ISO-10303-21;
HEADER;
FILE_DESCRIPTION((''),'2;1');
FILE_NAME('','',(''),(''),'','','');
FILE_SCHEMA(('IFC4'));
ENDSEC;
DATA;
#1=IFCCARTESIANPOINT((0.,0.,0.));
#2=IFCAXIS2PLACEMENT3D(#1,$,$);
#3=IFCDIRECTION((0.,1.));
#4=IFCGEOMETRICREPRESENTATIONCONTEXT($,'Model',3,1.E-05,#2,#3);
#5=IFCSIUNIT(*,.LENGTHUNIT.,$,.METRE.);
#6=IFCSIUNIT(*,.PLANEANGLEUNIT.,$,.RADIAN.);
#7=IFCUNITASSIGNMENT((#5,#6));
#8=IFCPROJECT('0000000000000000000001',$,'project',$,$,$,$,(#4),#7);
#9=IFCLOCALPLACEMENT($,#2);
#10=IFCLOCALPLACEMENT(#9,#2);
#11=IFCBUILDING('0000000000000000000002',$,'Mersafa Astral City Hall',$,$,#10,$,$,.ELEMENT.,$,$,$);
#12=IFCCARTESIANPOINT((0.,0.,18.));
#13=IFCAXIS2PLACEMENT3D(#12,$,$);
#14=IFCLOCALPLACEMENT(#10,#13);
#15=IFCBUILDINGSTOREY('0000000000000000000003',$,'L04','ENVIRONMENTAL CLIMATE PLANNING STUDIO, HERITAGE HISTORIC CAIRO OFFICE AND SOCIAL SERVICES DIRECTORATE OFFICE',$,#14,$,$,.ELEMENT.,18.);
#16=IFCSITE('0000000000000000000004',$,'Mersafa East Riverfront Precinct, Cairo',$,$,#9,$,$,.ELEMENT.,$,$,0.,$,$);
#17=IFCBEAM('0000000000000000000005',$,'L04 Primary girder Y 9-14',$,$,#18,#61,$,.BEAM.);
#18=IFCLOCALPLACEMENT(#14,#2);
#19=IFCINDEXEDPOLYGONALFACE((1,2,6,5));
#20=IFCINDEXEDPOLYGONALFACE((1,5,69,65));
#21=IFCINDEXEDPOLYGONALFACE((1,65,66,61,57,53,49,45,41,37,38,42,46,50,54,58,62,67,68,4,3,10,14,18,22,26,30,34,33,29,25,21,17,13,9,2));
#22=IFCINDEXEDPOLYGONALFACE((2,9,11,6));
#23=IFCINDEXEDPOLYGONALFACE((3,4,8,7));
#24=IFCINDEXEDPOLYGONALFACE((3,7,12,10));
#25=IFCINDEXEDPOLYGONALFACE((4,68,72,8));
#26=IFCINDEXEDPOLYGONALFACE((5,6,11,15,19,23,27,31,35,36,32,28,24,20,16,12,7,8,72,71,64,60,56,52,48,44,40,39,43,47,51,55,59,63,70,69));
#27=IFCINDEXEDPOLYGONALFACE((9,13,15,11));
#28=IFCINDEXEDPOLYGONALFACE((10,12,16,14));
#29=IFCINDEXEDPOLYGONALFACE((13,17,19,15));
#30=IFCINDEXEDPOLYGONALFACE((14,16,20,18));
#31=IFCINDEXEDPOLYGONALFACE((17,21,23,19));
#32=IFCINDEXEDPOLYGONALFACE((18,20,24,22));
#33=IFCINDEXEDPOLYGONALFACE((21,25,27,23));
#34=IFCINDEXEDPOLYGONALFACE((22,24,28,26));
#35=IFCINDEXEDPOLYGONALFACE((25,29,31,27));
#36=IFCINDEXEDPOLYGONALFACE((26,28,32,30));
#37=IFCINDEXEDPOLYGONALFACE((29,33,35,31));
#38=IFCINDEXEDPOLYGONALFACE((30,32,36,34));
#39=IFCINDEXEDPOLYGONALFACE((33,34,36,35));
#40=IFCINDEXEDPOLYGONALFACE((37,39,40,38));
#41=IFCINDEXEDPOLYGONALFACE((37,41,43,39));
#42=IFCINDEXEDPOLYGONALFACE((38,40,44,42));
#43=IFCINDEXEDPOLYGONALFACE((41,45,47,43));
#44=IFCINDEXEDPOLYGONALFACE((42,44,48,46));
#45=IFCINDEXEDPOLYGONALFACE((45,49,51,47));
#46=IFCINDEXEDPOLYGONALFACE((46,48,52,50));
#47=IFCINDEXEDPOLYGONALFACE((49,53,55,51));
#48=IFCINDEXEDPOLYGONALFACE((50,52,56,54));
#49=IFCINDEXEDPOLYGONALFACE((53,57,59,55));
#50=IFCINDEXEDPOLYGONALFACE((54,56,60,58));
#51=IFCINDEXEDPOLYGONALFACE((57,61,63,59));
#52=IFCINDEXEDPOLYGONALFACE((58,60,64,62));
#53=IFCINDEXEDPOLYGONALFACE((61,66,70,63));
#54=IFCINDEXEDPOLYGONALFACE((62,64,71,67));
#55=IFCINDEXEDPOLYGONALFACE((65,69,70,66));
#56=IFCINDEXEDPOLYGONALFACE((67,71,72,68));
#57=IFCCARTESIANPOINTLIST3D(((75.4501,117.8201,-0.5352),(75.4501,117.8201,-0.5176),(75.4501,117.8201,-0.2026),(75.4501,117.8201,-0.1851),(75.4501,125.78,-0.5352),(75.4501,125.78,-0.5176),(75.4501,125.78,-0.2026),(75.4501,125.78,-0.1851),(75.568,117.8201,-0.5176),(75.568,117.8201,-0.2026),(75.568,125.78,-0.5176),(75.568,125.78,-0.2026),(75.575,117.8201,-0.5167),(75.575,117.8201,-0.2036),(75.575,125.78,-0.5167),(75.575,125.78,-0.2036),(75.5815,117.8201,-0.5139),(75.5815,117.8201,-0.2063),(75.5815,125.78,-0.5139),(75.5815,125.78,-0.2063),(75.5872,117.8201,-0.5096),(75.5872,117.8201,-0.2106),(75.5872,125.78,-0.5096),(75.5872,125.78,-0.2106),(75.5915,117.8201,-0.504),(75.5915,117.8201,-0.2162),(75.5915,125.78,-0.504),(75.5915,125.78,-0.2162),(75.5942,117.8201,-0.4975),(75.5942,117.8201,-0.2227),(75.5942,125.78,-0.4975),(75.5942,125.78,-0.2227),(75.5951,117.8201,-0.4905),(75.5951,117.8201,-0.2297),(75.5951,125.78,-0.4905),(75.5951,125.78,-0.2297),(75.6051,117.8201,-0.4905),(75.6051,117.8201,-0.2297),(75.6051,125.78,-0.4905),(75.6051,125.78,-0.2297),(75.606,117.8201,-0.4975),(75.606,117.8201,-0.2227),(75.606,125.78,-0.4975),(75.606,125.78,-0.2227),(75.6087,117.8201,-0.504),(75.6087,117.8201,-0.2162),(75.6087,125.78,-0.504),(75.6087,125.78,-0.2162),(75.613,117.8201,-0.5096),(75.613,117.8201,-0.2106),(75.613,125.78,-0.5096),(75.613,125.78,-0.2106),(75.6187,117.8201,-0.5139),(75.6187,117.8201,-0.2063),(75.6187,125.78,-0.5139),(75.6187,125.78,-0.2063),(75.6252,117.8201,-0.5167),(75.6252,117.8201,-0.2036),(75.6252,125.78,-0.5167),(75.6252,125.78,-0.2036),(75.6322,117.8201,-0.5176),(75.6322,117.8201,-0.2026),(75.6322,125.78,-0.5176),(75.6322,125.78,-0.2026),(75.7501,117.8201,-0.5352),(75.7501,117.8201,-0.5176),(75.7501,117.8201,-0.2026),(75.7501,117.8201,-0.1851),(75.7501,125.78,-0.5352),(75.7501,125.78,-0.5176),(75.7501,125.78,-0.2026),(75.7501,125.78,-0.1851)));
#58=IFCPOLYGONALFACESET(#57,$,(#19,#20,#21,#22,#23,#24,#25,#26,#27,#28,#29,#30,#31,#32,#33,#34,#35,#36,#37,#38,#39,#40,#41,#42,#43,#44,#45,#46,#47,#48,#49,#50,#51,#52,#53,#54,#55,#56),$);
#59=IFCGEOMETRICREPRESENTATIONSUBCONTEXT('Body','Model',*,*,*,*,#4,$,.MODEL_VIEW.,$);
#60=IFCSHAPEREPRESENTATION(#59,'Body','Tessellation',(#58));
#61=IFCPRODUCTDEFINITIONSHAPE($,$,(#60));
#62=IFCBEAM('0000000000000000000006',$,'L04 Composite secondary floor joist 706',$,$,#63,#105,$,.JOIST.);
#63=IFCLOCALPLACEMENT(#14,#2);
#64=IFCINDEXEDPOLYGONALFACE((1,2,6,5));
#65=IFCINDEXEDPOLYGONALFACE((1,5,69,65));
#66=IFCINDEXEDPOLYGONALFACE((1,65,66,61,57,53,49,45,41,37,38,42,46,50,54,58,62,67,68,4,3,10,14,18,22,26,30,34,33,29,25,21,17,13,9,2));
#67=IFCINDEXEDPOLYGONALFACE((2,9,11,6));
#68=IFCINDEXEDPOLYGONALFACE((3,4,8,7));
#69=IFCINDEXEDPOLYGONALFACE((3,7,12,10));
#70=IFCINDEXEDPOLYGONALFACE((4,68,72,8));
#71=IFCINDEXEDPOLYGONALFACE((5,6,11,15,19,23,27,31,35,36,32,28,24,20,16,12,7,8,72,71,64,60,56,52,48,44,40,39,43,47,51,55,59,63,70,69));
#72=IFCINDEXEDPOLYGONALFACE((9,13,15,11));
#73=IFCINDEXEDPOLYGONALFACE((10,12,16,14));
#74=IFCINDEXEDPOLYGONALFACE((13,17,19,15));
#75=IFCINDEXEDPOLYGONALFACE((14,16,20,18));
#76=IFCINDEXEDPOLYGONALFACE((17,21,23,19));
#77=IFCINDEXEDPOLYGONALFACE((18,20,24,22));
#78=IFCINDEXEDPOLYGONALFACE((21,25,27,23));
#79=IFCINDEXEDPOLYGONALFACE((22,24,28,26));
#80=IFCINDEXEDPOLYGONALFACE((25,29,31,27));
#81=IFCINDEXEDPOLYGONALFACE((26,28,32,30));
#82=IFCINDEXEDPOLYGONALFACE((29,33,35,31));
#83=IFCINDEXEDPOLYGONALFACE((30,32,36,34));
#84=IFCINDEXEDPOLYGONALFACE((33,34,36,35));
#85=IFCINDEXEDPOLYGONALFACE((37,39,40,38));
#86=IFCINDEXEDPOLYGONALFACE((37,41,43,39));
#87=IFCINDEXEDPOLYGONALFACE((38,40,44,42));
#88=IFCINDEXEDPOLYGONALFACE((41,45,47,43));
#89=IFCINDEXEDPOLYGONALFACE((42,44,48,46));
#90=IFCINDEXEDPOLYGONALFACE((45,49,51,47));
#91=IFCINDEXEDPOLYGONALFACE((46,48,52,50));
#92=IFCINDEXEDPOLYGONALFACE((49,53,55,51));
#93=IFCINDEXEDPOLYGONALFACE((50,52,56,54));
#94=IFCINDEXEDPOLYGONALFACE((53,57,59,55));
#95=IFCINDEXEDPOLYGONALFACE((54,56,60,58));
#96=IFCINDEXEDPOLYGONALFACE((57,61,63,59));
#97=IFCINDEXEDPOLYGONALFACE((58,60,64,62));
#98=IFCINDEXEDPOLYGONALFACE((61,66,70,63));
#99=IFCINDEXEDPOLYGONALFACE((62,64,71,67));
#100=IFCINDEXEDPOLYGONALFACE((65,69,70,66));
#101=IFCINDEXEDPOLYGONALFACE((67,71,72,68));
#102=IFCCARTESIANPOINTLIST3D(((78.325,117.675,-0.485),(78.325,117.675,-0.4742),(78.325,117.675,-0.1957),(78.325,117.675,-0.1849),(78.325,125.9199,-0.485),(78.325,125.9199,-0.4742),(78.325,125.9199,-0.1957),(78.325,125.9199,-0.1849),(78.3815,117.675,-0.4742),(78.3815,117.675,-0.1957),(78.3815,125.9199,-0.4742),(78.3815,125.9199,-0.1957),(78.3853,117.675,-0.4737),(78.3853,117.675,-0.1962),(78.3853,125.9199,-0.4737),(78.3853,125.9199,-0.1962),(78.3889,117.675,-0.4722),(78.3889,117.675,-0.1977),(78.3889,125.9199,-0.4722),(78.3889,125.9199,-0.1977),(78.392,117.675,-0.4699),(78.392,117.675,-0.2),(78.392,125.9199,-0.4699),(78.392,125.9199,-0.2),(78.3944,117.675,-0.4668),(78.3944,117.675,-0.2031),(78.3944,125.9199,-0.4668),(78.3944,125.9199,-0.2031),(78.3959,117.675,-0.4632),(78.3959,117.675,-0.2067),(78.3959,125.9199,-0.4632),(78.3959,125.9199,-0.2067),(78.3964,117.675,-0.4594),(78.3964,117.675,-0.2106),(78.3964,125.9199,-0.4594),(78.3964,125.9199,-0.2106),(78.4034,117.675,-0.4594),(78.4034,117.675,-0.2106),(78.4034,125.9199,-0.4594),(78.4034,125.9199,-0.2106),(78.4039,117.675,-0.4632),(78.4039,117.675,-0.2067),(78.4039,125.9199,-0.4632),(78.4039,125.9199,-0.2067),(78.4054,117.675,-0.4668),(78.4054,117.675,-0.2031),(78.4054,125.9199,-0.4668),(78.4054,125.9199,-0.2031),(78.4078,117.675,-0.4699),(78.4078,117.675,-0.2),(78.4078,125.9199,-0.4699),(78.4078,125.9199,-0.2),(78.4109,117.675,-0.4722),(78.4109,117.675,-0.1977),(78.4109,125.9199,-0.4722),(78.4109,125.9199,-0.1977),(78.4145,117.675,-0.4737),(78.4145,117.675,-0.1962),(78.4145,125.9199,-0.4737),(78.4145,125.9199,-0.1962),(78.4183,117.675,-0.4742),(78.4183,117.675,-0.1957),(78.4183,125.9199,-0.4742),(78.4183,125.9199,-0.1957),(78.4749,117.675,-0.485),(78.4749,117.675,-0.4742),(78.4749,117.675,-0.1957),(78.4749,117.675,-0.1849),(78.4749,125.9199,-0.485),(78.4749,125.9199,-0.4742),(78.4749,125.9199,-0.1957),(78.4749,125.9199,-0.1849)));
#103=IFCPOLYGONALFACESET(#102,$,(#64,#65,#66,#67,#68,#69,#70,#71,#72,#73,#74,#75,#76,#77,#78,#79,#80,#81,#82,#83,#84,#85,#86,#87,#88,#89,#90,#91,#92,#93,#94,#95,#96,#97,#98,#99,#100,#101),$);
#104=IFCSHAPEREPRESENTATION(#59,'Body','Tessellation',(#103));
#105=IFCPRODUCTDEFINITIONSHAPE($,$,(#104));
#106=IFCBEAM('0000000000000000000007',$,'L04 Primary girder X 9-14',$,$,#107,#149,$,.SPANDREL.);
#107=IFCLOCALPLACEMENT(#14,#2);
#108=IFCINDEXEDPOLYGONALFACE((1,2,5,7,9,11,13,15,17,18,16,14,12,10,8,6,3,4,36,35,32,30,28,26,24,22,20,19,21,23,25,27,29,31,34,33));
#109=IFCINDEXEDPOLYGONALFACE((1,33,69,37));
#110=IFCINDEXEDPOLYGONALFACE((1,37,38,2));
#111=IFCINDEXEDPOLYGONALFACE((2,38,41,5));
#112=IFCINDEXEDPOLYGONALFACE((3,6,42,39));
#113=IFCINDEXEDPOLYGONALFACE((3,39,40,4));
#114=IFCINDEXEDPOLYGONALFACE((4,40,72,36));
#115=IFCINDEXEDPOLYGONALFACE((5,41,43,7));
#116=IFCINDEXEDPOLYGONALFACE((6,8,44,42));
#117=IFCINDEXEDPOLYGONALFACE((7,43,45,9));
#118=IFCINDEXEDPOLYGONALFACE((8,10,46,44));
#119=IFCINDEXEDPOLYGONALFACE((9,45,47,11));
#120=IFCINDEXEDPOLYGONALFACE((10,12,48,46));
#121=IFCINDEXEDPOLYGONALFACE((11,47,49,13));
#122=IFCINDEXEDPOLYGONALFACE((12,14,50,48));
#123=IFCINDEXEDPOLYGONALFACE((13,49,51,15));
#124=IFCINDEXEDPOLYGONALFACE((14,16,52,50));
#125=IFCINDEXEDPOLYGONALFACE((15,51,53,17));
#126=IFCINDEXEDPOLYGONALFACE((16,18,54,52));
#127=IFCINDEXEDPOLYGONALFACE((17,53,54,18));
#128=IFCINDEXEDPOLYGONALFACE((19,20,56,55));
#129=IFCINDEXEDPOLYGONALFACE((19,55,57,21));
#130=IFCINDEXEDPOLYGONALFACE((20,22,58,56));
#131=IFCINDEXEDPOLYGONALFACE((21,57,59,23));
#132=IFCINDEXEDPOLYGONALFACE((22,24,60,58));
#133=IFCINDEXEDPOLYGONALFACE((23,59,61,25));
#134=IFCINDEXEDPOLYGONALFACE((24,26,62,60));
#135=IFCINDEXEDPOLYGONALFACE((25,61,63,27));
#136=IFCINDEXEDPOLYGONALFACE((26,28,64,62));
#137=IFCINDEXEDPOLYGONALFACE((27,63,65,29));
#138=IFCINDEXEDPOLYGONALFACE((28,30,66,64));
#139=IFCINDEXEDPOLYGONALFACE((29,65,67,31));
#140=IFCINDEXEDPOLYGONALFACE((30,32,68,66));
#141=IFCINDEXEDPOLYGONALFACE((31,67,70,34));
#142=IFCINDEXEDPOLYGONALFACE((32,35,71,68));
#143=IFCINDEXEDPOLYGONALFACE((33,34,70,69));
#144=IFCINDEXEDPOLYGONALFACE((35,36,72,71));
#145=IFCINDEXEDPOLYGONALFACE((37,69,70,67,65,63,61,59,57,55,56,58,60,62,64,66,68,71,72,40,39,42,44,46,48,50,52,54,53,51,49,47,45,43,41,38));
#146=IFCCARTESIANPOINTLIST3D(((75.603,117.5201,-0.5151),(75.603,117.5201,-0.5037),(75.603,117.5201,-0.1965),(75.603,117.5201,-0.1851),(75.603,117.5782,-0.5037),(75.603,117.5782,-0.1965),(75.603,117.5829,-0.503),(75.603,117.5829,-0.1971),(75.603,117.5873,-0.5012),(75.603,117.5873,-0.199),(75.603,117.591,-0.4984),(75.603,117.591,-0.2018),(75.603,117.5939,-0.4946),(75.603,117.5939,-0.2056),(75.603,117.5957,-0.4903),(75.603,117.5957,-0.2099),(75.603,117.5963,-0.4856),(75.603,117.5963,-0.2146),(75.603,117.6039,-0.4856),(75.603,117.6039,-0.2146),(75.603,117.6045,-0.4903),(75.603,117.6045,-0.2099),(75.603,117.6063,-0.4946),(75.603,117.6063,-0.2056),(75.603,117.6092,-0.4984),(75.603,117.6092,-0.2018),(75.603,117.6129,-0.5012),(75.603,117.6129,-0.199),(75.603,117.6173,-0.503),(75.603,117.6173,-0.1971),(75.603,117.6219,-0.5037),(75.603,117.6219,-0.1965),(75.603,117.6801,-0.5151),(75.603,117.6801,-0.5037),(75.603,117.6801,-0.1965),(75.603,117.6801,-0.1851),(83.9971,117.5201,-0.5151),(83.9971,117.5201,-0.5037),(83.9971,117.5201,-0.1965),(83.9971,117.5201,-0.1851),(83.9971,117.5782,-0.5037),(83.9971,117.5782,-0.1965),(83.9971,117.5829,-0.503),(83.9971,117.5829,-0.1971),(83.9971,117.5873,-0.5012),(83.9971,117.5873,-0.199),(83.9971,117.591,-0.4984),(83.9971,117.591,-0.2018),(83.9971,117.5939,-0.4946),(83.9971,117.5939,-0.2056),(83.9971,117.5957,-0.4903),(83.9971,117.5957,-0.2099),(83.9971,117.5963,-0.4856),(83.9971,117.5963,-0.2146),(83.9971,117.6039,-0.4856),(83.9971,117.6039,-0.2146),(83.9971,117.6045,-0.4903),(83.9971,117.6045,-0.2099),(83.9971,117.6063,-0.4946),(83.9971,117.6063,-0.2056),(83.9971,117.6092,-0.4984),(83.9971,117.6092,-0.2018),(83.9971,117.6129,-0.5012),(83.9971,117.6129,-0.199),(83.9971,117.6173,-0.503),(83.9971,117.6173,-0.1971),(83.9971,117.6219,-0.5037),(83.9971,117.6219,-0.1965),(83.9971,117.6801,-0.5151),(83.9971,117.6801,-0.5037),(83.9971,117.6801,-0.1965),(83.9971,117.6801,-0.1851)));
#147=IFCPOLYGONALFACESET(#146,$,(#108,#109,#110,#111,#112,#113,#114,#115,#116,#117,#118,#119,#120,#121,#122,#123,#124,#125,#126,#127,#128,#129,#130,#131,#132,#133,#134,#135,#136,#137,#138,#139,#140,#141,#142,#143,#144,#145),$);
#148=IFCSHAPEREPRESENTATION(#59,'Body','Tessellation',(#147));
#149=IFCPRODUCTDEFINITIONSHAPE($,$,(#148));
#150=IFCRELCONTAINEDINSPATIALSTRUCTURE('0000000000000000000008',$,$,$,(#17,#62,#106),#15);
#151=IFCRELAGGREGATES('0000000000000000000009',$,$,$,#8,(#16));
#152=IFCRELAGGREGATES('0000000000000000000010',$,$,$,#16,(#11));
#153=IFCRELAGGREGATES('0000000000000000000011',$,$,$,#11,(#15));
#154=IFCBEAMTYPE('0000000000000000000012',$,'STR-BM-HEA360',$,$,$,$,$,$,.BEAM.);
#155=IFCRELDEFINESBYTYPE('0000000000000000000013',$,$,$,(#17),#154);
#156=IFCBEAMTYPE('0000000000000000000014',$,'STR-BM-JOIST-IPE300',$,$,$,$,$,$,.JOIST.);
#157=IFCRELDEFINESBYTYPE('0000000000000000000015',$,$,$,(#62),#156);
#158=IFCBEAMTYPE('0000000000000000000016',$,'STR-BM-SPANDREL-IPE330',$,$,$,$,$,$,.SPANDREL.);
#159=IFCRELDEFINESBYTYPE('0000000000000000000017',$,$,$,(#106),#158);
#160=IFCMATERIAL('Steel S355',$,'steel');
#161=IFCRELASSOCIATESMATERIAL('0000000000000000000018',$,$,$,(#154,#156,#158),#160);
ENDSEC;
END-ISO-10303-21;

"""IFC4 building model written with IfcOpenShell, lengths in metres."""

from ifc_helpers import new_model, si_unit, direction, frame, origin, origin_2d, place, context, subcontext, project, spatial, i_section, extrude, material, material_profile, profile_set, type_object, element, save


model = new_model("IFC4")

# Units and contexts
model_context = context("Model", 3, precision=1e-05, world=origin(), true_north=direction((0.0, 1.0)))
body_context = subcontext(model_context, "Body", "Model", "MODEL_VIEW")
ifc_project = project(units=[si_unit("LENGTHUNIT", "METRE"), si_unit("PLANEANGLEUNIT", "RADIAN")], contexts=[model_context])

# Site, building, storey
site_placement = place(None, origin())
site = spatial("IfcSite", under=ifc_project, at=site_placement, Name="Mersafa East Riverfront Precinct, Cairo", CompositionType="ELEMENT", RefElevation=0.0)
building_placement = place(site_placement, origin())
building = spatial("IfcBuilding", under=site, at=building_placement, Name="Mersafa Astral City Hall", CompositionType="ELEMENT")
storey_placement = place(building_placement, frame((0.0, 0.0, 18.0)))
storey = spatial("IfcBuildingStorey", under=building, at=storey_placement, Name="L04", Description="ENVIRONMENTAL CLIMATE PLANNING STUDIO, HERITAGE HISTORIC CAIRO OFFICE AND SOCIAL SERVICES DIRECTORATE OFFICE", CompositionType="ELEMENT", Elevation=18.0)

# Shared definitions
ifc_material_1 = material(Name="Steel S355", Category="steel")

# Beams
ifc_material_profile_1 = material_profile(ifc_material_1, i_section(OverallWidth=0.3, OverallDepth=0.3501, WebThickness=0.01, FlangeThickness=0.0176, FilletRadius=0.0271, at=origin_2d()), Name="HEA 360")
ifc_profile_set_1 = profile_set([ifc_material_profile_1], Name="Steel S355")
beam_type_1 = type_object("IfcBeamType", Name="STR-BM-HEA360", PredefinedType="BEAM", material=ifc_profile_set_1)
beam_1_placement = place(storey_placement, frame((75.6001, 117.8201, -0.3601), z_axis=(0.0, 1.0, 0.0), x_axis=(-1.0, 0.0, 0.0)))
element("IfcBeam", 1, at=beam_1_placement, inside=storey, type_object=beam_type_1, Name="L04 Primary girder Y 9-14", PredefinedType="BEAM", context=body_context, shape_type="SweptSolid", body=[
    extrude(i_section(OverallWidth=0.3, OverallDepth=0.3501, WebThickness=0.01, FlangeThickness=0.0176, FilletRadius=0.0271, at=origin_2d()), origin(), (0.0, 0.0, 1.0), 7.96),
])
ifc_material_profile_2 = material_profile(ifc_material_1, i_section(OverallWidth=0.1499, OverallDepth=0.3, WebThickness=0.0071, FlangeThickness=0.0107, FilletRadius=0.0149, at=origin_2d()), Name="IPE 300")
ifc_profile_set_2 = profile_set([ifc_material_profile_2], Name="Steel S355")
beam_type_2 = type_object("IfcBeamType", Name="STR-BM-JOIST-IPE300", PredefinedType="JOIST", material=ifc_profile_set_2)
beam_2_placement = place(storey_placement, frame((78.3999, 117.675, -0.335), z_axis=(0.0, 1.0, 0.0), x_axis=(-1.0, 0.0, 0.0)))
element("IfcBeam", 2, at=beam_2_placement, inside=storey, type_object=beam_type_2, Name="L04 Composite secondary floor joist 706", PredefinedType="JOIST", context=body_context, shape_type="SweptSolid", body=[
    extrude(i_section(OverallWidth=0.1499, OverallDepth=0.3, WebThickness=0.0071, FlangeThickness=0.0107, FilletRadius=0.0149, at=origin_2d()), origin(), (0.0, 0.0, 1.0), 8.2449),
])
ifc_material_profile_3 = material_profile(ifc_material_1, i_section(OverallWidth=0.1599, OverallDepth=0.3301, WebThickness=0.0076, FlangeThickness=0.0115, FilletRadius=0.0181, at=origin_2d()), Name="IPE 330")
ifc_profile_set_3 = profile_set([ifc_material_profile_3], Name="Steel S355")
beam_type_3 = type_object("IfcBeamType", Name="STR-BM-SPANDREL-IPE330", PredefinedType="SPANDREL", material=ifc_profile_set_3)
beam_3_placement = place(storey_placement, frame((75.603, 117.6001, -0.3501), z_axis=(1.0, 0.0, 0.0), x_axis=(0.0, 1.0, 0.0)))
element("IfcBeam", 3, at=beam_3_placement, inside=storey, type_object=beam_type_3, Name="L04 Primary girder X 9-14", PredefinedType="SPANDREL", context=body_context, shape_type="SweptSolid", body=[
    extrude(i_section(OverallWidth=0.1599, OverallDepth=0.3301, WebThickness=0.0076, FlangeThickness=0.0115, FilletRadius=0.0181, at=origin_2d()), origin(), (0.0, 0.0, 1.0), 8.394),
])

save(model, "model.ifc")
